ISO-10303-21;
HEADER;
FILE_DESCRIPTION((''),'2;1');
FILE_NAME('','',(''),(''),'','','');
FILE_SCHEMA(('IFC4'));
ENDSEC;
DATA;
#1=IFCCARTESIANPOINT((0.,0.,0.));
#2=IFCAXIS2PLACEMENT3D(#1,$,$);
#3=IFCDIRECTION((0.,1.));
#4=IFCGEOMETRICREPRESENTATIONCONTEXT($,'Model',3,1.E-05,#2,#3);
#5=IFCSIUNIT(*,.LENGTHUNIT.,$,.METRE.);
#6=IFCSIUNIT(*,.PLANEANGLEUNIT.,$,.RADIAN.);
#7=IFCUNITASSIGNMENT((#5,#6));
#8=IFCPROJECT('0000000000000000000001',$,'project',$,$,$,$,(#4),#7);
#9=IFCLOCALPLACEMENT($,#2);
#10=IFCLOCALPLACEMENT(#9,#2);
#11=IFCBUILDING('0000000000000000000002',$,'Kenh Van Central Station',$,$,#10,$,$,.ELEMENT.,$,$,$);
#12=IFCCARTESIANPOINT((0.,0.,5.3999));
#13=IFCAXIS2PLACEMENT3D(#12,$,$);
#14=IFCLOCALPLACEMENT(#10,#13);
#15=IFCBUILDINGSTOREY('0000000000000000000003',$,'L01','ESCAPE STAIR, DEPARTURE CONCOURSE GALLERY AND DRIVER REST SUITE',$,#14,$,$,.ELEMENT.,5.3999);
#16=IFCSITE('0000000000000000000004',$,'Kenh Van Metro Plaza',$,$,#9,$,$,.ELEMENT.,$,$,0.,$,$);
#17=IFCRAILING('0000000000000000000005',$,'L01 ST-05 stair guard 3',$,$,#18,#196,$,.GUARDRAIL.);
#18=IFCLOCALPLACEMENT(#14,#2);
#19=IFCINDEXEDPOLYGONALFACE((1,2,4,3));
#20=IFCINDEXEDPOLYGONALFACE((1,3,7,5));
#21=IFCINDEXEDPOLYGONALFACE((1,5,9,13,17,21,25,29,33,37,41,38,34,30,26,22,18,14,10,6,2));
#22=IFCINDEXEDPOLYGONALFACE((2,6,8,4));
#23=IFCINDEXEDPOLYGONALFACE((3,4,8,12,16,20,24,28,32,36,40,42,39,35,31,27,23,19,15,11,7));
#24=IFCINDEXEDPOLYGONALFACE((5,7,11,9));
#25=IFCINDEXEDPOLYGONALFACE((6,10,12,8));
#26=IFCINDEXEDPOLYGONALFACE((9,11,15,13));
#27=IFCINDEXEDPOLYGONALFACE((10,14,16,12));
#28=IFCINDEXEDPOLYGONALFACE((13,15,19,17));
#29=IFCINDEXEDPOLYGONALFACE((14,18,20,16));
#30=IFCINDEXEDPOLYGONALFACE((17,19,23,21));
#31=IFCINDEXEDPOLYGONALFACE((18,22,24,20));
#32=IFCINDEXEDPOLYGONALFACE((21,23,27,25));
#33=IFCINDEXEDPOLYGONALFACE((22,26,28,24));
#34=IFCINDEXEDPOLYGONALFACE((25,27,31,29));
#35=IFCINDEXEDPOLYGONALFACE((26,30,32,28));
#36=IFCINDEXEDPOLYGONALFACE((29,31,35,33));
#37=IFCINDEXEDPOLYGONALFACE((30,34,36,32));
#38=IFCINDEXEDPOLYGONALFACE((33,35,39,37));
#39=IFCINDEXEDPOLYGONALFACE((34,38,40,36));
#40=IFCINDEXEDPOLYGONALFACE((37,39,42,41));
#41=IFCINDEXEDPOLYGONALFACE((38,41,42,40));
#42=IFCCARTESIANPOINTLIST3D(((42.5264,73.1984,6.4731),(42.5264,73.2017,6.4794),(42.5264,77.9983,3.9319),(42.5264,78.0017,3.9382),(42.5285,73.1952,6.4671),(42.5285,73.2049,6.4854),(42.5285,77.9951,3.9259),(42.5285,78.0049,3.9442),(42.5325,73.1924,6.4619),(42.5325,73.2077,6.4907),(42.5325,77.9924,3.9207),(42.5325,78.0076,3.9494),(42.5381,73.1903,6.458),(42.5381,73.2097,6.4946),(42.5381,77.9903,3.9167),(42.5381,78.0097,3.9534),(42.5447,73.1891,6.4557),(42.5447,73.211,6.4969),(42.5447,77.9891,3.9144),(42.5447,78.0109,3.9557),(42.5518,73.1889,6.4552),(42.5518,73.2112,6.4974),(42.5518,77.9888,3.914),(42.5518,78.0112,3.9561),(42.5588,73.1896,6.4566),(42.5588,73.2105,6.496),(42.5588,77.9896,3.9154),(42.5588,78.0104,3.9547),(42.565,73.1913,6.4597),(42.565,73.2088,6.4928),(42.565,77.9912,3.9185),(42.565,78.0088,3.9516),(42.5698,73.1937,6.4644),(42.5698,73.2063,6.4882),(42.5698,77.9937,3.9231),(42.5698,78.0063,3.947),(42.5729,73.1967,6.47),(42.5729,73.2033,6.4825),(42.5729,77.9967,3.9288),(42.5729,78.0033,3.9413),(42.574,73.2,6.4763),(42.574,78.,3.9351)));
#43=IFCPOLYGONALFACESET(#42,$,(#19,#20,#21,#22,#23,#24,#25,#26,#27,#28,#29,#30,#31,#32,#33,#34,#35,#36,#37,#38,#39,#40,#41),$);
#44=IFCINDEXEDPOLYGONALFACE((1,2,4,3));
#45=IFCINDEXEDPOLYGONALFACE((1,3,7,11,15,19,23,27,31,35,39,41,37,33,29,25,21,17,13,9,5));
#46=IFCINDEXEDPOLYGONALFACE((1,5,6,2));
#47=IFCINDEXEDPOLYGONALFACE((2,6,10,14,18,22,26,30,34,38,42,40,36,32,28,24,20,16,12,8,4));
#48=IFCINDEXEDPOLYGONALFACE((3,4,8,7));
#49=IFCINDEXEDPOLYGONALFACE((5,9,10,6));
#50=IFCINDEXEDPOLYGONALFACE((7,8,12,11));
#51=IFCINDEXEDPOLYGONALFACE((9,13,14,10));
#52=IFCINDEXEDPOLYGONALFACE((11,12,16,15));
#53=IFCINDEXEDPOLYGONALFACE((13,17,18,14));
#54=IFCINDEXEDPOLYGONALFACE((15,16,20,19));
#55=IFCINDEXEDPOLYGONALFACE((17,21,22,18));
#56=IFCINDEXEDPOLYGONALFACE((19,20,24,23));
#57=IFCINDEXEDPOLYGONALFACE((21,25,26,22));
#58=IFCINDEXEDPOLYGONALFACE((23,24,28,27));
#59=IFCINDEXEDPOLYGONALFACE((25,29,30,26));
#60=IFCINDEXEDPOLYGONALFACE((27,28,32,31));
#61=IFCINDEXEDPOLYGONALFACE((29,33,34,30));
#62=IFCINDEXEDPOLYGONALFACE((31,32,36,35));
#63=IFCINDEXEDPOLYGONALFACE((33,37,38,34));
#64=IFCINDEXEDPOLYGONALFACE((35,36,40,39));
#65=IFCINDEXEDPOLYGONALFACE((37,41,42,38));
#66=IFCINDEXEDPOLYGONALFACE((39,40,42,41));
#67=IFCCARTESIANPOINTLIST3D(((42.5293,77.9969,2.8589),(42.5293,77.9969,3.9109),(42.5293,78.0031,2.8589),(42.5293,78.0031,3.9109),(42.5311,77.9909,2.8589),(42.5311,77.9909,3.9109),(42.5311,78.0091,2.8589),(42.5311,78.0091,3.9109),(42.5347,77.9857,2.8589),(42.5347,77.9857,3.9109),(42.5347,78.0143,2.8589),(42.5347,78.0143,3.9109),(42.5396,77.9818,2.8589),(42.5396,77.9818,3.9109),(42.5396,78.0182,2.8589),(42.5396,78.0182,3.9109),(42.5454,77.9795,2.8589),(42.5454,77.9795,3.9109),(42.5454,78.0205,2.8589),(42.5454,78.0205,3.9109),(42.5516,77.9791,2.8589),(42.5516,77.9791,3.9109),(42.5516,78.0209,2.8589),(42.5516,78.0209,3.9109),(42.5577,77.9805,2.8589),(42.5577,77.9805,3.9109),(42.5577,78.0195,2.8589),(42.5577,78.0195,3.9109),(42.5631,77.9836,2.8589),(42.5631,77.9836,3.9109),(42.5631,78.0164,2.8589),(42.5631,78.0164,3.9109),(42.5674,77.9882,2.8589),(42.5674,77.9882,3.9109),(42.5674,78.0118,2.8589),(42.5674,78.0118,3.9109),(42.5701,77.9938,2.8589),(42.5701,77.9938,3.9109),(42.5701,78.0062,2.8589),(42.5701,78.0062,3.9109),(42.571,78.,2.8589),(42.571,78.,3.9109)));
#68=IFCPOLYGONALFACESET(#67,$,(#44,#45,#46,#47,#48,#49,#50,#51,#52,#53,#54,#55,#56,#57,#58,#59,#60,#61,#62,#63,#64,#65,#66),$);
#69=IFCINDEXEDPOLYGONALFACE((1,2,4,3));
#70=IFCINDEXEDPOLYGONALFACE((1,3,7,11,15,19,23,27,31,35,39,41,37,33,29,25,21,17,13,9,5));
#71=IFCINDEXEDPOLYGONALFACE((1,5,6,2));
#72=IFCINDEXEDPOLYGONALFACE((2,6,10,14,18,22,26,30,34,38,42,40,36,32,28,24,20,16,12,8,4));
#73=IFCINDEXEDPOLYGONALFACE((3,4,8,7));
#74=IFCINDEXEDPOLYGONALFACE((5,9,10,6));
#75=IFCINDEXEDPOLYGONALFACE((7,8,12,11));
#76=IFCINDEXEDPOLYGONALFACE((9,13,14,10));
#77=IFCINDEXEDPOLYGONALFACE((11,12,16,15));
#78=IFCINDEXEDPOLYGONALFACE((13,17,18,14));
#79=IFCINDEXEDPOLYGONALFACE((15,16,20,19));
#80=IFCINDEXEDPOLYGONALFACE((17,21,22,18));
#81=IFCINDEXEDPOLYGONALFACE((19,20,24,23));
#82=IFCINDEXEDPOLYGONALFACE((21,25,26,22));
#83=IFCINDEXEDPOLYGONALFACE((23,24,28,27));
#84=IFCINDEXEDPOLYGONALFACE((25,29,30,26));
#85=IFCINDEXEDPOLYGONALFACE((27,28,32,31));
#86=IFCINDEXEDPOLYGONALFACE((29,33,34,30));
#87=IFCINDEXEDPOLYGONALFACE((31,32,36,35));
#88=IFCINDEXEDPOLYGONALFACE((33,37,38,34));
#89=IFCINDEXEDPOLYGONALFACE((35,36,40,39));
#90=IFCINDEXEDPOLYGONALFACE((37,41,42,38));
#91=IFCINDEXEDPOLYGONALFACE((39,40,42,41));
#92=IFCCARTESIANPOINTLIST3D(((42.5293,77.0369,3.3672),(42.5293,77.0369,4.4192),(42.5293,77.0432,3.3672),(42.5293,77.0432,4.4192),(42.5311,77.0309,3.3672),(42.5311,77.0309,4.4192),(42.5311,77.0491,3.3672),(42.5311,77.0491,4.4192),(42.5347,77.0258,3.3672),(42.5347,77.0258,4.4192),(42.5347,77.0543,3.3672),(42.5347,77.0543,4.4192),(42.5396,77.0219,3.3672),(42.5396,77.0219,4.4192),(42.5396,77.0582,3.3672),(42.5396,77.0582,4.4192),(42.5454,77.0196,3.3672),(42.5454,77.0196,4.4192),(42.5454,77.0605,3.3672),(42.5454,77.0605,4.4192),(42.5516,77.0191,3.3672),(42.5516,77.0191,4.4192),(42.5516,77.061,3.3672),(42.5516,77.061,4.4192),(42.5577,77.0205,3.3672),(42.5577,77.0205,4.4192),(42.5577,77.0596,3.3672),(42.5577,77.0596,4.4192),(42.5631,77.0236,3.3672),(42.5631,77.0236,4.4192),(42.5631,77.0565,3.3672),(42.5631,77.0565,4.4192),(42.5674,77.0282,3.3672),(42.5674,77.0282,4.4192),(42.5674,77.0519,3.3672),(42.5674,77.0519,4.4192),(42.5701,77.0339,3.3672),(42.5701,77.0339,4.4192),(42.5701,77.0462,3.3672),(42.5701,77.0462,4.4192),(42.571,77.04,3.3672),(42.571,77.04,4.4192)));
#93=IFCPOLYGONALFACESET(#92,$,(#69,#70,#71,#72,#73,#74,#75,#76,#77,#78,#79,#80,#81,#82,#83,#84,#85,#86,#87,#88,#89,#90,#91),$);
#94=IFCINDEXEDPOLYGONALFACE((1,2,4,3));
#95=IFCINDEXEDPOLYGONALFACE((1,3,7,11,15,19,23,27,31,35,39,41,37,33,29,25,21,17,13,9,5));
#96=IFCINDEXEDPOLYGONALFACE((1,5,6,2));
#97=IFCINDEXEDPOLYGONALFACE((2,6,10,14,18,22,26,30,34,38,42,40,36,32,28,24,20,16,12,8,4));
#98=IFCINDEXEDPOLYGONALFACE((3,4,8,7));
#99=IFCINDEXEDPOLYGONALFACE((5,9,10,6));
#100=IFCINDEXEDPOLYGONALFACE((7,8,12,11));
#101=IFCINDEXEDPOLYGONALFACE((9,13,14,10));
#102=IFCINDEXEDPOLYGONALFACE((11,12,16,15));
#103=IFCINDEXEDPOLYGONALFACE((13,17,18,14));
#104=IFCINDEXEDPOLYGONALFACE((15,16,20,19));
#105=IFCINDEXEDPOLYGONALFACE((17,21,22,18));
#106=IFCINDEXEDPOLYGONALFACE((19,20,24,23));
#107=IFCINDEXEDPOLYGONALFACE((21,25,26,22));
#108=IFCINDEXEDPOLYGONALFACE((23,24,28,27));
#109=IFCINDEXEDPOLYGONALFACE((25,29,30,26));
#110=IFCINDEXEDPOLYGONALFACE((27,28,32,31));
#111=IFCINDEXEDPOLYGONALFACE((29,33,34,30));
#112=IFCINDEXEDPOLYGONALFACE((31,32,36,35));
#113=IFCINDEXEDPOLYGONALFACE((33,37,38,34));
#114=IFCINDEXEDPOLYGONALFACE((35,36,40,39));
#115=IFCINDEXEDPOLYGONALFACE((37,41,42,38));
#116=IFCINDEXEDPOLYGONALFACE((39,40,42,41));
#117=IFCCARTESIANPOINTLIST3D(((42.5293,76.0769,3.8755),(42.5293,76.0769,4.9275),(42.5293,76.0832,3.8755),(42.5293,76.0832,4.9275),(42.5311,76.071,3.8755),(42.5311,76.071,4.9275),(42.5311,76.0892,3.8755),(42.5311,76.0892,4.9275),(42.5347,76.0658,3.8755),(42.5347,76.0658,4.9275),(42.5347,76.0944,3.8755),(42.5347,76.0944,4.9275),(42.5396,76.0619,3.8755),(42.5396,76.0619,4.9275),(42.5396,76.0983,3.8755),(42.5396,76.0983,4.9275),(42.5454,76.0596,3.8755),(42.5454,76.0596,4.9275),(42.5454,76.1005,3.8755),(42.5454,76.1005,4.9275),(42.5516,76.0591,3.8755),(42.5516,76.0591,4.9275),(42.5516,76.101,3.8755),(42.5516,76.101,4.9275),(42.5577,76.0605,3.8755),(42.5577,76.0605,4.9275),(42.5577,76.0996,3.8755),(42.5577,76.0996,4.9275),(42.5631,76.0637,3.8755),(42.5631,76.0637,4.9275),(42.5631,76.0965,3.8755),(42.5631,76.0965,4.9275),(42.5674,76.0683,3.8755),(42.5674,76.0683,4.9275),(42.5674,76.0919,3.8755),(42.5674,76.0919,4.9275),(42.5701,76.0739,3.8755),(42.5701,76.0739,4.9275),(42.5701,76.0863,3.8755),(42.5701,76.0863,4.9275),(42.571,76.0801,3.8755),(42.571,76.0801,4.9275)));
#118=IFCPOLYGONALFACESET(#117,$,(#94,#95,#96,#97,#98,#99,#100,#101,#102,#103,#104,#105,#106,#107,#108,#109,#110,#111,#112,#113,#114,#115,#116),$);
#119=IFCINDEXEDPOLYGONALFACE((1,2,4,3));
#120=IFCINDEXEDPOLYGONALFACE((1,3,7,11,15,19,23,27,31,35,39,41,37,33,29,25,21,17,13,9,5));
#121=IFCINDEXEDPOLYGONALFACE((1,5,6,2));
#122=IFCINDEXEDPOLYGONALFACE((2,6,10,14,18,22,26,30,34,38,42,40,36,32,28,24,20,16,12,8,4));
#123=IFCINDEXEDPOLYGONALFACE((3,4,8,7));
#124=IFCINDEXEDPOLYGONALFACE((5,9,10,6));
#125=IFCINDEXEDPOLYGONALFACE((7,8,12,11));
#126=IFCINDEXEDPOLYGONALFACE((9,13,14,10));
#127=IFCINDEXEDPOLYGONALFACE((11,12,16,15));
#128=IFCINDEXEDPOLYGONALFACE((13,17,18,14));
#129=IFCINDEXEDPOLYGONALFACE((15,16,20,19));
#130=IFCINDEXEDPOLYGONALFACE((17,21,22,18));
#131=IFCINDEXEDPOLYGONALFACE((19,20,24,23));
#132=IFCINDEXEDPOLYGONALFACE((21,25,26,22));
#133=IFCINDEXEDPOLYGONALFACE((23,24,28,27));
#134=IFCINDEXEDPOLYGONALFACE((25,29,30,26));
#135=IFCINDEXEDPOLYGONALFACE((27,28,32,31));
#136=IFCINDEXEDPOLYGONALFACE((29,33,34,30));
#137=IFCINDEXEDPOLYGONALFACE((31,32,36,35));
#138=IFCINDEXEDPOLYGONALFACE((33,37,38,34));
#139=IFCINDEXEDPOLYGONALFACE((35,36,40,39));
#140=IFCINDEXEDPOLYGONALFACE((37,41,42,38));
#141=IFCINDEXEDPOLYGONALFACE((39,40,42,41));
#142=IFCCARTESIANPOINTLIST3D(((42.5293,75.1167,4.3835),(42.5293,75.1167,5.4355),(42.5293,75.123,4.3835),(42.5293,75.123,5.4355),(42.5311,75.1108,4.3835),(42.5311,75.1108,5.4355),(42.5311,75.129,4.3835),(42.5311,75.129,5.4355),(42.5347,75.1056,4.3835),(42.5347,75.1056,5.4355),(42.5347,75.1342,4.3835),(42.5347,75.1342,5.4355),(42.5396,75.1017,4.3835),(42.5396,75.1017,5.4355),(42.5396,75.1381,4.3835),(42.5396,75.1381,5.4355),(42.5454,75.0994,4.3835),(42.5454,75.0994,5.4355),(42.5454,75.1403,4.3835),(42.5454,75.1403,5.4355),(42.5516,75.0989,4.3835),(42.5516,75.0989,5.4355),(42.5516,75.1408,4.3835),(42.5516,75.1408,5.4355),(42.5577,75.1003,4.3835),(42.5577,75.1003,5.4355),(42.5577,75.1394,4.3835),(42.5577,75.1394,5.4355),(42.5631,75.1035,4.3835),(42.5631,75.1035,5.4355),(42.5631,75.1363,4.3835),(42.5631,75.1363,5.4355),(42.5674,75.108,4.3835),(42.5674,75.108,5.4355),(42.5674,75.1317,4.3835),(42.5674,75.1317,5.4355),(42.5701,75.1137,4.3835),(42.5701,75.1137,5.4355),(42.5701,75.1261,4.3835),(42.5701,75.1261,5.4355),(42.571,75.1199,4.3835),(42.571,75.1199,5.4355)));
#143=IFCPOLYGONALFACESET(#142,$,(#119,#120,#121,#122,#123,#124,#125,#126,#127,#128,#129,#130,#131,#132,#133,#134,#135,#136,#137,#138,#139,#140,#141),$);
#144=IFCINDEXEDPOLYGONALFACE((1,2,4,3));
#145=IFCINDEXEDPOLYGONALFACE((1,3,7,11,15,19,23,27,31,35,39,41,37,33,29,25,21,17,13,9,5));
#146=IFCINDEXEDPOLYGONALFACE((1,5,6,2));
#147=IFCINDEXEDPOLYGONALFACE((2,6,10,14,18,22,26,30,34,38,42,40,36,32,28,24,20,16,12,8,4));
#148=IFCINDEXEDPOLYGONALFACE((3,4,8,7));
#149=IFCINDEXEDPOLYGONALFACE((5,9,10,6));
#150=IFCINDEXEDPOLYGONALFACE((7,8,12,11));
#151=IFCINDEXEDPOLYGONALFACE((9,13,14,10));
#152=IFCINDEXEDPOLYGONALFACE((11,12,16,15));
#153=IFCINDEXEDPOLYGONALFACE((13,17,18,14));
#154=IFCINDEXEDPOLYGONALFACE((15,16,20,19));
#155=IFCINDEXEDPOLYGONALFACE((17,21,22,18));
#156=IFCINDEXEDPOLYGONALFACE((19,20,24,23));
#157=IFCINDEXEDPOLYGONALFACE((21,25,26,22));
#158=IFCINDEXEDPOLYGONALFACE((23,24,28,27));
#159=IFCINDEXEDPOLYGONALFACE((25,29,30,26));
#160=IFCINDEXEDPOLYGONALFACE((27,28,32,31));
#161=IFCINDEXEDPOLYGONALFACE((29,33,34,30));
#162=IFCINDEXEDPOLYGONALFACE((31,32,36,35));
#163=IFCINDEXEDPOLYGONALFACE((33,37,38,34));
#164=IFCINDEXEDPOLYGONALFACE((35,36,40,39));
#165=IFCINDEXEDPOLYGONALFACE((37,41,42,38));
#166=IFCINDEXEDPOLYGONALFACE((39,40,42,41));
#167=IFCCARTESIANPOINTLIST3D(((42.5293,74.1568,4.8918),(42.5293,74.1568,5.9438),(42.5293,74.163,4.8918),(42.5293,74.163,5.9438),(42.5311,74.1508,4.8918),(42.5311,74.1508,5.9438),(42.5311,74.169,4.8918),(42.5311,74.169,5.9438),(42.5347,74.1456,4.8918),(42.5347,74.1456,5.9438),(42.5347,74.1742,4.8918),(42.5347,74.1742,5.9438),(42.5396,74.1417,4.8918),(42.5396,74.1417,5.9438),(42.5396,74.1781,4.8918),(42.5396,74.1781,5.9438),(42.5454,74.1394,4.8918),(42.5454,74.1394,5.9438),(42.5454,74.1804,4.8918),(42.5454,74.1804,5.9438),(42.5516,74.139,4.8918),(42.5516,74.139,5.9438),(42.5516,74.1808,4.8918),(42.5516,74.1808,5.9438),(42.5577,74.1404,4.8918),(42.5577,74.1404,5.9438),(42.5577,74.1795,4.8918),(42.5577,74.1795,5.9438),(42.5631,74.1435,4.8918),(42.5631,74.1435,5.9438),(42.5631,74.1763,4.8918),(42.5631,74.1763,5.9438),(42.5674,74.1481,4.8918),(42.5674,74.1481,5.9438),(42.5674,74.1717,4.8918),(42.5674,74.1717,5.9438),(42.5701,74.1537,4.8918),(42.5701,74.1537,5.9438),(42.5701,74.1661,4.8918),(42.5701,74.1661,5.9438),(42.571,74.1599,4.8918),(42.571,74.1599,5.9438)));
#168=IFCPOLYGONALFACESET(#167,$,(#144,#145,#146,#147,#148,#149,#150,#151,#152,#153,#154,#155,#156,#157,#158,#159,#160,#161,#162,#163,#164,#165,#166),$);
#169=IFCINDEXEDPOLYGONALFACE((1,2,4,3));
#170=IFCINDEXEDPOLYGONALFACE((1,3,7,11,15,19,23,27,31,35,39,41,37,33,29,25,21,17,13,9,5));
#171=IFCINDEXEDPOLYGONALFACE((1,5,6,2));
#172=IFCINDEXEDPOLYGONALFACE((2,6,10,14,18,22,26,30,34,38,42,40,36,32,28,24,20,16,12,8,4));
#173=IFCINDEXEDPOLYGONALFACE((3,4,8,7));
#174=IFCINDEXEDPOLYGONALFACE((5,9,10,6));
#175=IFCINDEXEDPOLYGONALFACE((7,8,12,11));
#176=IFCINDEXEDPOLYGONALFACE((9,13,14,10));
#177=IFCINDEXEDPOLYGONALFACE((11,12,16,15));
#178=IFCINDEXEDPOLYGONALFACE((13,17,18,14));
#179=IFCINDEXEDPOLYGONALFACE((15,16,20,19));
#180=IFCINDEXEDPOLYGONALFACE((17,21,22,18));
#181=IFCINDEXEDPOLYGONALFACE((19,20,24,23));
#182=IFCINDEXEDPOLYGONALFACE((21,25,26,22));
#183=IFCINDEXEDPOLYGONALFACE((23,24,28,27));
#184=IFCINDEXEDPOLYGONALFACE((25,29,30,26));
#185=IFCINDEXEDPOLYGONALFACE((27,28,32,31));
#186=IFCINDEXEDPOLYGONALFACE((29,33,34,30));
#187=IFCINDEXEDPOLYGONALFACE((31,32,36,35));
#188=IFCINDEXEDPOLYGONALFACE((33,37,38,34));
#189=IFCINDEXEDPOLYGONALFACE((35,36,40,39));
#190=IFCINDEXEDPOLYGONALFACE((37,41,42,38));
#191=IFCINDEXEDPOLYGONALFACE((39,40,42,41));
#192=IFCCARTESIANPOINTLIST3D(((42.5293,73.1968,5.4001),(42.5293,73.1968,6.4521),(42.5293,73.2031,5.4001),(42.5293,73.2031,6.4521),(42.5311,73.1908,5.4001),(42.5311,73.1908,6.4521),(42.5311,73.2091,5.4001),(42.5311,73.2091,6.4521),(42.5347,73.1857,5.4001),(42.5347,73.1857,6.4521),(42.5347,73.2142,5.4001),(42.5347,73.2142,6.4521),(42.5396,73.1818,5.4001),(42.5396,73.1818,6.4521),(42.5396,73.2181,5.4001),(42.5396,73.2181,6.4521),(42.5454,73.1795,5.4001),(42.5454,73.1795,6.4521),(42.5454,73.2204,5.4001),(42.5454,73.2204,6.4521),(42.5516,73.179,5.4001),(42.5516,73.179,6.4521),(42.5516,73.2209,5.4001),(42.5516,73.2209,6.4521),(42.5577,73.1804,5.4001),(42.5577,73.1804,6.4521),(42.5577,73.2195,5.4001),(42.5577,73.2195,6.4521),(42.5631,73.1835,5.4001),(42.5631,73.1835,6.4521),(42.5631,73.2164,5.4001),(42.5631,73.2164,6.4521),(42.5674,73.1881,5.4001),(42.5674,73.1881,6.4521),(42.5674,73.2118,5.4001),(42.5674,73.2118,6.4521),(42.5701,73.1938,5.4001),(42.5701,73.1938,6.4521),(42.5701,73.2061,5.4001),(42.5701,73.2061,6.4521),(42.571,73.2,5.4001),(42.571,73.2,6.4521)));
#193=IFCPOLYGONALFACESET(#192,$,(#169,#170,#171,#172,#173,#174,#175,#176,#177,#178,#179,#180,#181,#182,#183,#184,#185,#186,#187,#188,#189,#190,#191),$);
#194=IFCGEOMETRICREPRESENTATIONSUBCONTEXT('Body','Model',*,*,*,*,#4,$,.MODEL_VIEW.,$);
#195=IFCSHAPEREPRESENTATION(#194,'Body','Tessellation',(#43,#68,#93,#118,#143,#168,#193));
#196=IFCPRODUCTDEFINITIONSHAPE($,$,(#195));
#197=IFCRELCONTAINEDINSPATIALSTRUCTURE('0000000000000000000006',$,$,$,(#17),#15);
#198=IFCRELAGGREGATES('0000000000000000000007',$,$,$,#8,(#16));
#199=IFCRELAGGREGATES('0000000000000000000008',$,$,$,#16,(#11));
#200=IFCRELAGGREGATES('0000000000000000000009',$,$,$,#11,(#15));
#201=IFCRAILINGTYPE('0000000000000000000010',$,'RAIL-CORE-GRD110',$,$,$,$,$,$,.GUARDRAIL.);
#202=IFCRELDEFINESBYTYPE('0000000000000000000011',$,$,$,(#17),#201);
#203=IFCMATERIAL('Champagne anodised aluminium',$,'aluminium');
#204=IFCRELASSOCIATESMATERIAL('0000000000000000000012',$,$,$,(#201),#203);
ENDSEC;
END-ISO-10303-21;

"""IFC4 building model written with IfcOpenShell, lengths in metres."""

from ifc_helpers import new_model, si_unit, direction, frame, origin, origin_2d, place, context, subcontext, project, spatial, circle, extrude, material, type_object, element, save


model = new_model("IFC4")

# Units and contexts
model_context = context("Model", 3, precision=1e-05, world=origin(), true_north=direction((0.0, 1.0)))
body_context = subcontext(model_context, "Body", "Model", "MODEL_VIEW")
ifc_project = project(units=[si_unit("LENGTHUNIT", "METRE"), si_unit("PLANEANGLEUNIT", "RADIAN")], contexts=[model_context])

# Site, building, storey
site_placement = place(None, origin())
site = spatial("IfcSite", under=ifc_project, at=site_placement, Name="Kenh Van Metro Plaza", CompositionType="ELEMENT", RefElevation=0.0)
building_placement = place(site_placement, origin())
building = spatial("IfcBuilding", under=site, at=building_placement, Name="Kenh Van Central Station", CompositionType="ELEMENT")
storey_placement = place(building_placement, frame((0.0, 0.0, 5.3999)))
storey = spatial("IfcBuildingStorey", under=building, at=storey_placement, Name="L01", Description="ESCAPE STAIR, DEPARTURE CONCOURSE GALLERY AND DRIVER REST SUITE", CompositionType="ELEMENT", Elevation=5.3999)

# Shared definitions
ifc_material_1 = material(Name="Champagne anodised aluminium", Category="aluminium")

# Railing
railing_type_1 = type_object("IfcRailingType", Name="RAIL-CORE-GRD110", PredefinedType="GUARDRAIL", material=ifc_material_1)
railing_1_placement = place(storey_placement, frame((42.55, 78.0, 2.8589)))
element("IfcRailing", 1, at=railing_1_placement, inside=storey, type_object=railing_type_1, Name="L01 ST-05 stair guard 3", PredefinedType="GUARDRAIL", context=body_context, shape_type="SweptSolid", body=[
    extrude(circle(Radius=0.0239, at=origin_2d()), frame((0.0, 0.0, 1.0762), z_axis=(0.0, -0.883784, 0.467896), x_axis=(1.0, 0.0, 0.0)), (0.0, 0.0, 1.0), 5.4312),
    extrude(circle(Radius=0.021, at=origin_2d()), origin(), (0.0, 0.0, 1.0), 1.052),
    extrude(circle(Radius=0.021, at=origin_2d()), frame((0.0, -0.96, 0.5083)), (0.0, 0.0, 1.0), 1.052),
    extrude(circle(Radius=0.021, at=origin_2d()), frame((0.0, -1.9199, 1.0166)), (0.0, 0.0, 1.0), 1.052),
    extrude(circle(Radius=0.021, at=origin_2d()), frame((0.0, -2.8801, 1.5247)), (0.0, 0.0, 1.0), 1.052),
    extrude(circle(Radius=0.021, at=origin_2d()), frame((0.0, -3.8401, 2.033)), (0.0, 0.0, 1.0), 1.052),
    extrude(circle(Radius=0.021, at=origin_2d()), frame((0.0, -4.8, 2.5413)), (0.0, 0.0, 1.0), 1.052),
])

save(model, "model.ifc")
